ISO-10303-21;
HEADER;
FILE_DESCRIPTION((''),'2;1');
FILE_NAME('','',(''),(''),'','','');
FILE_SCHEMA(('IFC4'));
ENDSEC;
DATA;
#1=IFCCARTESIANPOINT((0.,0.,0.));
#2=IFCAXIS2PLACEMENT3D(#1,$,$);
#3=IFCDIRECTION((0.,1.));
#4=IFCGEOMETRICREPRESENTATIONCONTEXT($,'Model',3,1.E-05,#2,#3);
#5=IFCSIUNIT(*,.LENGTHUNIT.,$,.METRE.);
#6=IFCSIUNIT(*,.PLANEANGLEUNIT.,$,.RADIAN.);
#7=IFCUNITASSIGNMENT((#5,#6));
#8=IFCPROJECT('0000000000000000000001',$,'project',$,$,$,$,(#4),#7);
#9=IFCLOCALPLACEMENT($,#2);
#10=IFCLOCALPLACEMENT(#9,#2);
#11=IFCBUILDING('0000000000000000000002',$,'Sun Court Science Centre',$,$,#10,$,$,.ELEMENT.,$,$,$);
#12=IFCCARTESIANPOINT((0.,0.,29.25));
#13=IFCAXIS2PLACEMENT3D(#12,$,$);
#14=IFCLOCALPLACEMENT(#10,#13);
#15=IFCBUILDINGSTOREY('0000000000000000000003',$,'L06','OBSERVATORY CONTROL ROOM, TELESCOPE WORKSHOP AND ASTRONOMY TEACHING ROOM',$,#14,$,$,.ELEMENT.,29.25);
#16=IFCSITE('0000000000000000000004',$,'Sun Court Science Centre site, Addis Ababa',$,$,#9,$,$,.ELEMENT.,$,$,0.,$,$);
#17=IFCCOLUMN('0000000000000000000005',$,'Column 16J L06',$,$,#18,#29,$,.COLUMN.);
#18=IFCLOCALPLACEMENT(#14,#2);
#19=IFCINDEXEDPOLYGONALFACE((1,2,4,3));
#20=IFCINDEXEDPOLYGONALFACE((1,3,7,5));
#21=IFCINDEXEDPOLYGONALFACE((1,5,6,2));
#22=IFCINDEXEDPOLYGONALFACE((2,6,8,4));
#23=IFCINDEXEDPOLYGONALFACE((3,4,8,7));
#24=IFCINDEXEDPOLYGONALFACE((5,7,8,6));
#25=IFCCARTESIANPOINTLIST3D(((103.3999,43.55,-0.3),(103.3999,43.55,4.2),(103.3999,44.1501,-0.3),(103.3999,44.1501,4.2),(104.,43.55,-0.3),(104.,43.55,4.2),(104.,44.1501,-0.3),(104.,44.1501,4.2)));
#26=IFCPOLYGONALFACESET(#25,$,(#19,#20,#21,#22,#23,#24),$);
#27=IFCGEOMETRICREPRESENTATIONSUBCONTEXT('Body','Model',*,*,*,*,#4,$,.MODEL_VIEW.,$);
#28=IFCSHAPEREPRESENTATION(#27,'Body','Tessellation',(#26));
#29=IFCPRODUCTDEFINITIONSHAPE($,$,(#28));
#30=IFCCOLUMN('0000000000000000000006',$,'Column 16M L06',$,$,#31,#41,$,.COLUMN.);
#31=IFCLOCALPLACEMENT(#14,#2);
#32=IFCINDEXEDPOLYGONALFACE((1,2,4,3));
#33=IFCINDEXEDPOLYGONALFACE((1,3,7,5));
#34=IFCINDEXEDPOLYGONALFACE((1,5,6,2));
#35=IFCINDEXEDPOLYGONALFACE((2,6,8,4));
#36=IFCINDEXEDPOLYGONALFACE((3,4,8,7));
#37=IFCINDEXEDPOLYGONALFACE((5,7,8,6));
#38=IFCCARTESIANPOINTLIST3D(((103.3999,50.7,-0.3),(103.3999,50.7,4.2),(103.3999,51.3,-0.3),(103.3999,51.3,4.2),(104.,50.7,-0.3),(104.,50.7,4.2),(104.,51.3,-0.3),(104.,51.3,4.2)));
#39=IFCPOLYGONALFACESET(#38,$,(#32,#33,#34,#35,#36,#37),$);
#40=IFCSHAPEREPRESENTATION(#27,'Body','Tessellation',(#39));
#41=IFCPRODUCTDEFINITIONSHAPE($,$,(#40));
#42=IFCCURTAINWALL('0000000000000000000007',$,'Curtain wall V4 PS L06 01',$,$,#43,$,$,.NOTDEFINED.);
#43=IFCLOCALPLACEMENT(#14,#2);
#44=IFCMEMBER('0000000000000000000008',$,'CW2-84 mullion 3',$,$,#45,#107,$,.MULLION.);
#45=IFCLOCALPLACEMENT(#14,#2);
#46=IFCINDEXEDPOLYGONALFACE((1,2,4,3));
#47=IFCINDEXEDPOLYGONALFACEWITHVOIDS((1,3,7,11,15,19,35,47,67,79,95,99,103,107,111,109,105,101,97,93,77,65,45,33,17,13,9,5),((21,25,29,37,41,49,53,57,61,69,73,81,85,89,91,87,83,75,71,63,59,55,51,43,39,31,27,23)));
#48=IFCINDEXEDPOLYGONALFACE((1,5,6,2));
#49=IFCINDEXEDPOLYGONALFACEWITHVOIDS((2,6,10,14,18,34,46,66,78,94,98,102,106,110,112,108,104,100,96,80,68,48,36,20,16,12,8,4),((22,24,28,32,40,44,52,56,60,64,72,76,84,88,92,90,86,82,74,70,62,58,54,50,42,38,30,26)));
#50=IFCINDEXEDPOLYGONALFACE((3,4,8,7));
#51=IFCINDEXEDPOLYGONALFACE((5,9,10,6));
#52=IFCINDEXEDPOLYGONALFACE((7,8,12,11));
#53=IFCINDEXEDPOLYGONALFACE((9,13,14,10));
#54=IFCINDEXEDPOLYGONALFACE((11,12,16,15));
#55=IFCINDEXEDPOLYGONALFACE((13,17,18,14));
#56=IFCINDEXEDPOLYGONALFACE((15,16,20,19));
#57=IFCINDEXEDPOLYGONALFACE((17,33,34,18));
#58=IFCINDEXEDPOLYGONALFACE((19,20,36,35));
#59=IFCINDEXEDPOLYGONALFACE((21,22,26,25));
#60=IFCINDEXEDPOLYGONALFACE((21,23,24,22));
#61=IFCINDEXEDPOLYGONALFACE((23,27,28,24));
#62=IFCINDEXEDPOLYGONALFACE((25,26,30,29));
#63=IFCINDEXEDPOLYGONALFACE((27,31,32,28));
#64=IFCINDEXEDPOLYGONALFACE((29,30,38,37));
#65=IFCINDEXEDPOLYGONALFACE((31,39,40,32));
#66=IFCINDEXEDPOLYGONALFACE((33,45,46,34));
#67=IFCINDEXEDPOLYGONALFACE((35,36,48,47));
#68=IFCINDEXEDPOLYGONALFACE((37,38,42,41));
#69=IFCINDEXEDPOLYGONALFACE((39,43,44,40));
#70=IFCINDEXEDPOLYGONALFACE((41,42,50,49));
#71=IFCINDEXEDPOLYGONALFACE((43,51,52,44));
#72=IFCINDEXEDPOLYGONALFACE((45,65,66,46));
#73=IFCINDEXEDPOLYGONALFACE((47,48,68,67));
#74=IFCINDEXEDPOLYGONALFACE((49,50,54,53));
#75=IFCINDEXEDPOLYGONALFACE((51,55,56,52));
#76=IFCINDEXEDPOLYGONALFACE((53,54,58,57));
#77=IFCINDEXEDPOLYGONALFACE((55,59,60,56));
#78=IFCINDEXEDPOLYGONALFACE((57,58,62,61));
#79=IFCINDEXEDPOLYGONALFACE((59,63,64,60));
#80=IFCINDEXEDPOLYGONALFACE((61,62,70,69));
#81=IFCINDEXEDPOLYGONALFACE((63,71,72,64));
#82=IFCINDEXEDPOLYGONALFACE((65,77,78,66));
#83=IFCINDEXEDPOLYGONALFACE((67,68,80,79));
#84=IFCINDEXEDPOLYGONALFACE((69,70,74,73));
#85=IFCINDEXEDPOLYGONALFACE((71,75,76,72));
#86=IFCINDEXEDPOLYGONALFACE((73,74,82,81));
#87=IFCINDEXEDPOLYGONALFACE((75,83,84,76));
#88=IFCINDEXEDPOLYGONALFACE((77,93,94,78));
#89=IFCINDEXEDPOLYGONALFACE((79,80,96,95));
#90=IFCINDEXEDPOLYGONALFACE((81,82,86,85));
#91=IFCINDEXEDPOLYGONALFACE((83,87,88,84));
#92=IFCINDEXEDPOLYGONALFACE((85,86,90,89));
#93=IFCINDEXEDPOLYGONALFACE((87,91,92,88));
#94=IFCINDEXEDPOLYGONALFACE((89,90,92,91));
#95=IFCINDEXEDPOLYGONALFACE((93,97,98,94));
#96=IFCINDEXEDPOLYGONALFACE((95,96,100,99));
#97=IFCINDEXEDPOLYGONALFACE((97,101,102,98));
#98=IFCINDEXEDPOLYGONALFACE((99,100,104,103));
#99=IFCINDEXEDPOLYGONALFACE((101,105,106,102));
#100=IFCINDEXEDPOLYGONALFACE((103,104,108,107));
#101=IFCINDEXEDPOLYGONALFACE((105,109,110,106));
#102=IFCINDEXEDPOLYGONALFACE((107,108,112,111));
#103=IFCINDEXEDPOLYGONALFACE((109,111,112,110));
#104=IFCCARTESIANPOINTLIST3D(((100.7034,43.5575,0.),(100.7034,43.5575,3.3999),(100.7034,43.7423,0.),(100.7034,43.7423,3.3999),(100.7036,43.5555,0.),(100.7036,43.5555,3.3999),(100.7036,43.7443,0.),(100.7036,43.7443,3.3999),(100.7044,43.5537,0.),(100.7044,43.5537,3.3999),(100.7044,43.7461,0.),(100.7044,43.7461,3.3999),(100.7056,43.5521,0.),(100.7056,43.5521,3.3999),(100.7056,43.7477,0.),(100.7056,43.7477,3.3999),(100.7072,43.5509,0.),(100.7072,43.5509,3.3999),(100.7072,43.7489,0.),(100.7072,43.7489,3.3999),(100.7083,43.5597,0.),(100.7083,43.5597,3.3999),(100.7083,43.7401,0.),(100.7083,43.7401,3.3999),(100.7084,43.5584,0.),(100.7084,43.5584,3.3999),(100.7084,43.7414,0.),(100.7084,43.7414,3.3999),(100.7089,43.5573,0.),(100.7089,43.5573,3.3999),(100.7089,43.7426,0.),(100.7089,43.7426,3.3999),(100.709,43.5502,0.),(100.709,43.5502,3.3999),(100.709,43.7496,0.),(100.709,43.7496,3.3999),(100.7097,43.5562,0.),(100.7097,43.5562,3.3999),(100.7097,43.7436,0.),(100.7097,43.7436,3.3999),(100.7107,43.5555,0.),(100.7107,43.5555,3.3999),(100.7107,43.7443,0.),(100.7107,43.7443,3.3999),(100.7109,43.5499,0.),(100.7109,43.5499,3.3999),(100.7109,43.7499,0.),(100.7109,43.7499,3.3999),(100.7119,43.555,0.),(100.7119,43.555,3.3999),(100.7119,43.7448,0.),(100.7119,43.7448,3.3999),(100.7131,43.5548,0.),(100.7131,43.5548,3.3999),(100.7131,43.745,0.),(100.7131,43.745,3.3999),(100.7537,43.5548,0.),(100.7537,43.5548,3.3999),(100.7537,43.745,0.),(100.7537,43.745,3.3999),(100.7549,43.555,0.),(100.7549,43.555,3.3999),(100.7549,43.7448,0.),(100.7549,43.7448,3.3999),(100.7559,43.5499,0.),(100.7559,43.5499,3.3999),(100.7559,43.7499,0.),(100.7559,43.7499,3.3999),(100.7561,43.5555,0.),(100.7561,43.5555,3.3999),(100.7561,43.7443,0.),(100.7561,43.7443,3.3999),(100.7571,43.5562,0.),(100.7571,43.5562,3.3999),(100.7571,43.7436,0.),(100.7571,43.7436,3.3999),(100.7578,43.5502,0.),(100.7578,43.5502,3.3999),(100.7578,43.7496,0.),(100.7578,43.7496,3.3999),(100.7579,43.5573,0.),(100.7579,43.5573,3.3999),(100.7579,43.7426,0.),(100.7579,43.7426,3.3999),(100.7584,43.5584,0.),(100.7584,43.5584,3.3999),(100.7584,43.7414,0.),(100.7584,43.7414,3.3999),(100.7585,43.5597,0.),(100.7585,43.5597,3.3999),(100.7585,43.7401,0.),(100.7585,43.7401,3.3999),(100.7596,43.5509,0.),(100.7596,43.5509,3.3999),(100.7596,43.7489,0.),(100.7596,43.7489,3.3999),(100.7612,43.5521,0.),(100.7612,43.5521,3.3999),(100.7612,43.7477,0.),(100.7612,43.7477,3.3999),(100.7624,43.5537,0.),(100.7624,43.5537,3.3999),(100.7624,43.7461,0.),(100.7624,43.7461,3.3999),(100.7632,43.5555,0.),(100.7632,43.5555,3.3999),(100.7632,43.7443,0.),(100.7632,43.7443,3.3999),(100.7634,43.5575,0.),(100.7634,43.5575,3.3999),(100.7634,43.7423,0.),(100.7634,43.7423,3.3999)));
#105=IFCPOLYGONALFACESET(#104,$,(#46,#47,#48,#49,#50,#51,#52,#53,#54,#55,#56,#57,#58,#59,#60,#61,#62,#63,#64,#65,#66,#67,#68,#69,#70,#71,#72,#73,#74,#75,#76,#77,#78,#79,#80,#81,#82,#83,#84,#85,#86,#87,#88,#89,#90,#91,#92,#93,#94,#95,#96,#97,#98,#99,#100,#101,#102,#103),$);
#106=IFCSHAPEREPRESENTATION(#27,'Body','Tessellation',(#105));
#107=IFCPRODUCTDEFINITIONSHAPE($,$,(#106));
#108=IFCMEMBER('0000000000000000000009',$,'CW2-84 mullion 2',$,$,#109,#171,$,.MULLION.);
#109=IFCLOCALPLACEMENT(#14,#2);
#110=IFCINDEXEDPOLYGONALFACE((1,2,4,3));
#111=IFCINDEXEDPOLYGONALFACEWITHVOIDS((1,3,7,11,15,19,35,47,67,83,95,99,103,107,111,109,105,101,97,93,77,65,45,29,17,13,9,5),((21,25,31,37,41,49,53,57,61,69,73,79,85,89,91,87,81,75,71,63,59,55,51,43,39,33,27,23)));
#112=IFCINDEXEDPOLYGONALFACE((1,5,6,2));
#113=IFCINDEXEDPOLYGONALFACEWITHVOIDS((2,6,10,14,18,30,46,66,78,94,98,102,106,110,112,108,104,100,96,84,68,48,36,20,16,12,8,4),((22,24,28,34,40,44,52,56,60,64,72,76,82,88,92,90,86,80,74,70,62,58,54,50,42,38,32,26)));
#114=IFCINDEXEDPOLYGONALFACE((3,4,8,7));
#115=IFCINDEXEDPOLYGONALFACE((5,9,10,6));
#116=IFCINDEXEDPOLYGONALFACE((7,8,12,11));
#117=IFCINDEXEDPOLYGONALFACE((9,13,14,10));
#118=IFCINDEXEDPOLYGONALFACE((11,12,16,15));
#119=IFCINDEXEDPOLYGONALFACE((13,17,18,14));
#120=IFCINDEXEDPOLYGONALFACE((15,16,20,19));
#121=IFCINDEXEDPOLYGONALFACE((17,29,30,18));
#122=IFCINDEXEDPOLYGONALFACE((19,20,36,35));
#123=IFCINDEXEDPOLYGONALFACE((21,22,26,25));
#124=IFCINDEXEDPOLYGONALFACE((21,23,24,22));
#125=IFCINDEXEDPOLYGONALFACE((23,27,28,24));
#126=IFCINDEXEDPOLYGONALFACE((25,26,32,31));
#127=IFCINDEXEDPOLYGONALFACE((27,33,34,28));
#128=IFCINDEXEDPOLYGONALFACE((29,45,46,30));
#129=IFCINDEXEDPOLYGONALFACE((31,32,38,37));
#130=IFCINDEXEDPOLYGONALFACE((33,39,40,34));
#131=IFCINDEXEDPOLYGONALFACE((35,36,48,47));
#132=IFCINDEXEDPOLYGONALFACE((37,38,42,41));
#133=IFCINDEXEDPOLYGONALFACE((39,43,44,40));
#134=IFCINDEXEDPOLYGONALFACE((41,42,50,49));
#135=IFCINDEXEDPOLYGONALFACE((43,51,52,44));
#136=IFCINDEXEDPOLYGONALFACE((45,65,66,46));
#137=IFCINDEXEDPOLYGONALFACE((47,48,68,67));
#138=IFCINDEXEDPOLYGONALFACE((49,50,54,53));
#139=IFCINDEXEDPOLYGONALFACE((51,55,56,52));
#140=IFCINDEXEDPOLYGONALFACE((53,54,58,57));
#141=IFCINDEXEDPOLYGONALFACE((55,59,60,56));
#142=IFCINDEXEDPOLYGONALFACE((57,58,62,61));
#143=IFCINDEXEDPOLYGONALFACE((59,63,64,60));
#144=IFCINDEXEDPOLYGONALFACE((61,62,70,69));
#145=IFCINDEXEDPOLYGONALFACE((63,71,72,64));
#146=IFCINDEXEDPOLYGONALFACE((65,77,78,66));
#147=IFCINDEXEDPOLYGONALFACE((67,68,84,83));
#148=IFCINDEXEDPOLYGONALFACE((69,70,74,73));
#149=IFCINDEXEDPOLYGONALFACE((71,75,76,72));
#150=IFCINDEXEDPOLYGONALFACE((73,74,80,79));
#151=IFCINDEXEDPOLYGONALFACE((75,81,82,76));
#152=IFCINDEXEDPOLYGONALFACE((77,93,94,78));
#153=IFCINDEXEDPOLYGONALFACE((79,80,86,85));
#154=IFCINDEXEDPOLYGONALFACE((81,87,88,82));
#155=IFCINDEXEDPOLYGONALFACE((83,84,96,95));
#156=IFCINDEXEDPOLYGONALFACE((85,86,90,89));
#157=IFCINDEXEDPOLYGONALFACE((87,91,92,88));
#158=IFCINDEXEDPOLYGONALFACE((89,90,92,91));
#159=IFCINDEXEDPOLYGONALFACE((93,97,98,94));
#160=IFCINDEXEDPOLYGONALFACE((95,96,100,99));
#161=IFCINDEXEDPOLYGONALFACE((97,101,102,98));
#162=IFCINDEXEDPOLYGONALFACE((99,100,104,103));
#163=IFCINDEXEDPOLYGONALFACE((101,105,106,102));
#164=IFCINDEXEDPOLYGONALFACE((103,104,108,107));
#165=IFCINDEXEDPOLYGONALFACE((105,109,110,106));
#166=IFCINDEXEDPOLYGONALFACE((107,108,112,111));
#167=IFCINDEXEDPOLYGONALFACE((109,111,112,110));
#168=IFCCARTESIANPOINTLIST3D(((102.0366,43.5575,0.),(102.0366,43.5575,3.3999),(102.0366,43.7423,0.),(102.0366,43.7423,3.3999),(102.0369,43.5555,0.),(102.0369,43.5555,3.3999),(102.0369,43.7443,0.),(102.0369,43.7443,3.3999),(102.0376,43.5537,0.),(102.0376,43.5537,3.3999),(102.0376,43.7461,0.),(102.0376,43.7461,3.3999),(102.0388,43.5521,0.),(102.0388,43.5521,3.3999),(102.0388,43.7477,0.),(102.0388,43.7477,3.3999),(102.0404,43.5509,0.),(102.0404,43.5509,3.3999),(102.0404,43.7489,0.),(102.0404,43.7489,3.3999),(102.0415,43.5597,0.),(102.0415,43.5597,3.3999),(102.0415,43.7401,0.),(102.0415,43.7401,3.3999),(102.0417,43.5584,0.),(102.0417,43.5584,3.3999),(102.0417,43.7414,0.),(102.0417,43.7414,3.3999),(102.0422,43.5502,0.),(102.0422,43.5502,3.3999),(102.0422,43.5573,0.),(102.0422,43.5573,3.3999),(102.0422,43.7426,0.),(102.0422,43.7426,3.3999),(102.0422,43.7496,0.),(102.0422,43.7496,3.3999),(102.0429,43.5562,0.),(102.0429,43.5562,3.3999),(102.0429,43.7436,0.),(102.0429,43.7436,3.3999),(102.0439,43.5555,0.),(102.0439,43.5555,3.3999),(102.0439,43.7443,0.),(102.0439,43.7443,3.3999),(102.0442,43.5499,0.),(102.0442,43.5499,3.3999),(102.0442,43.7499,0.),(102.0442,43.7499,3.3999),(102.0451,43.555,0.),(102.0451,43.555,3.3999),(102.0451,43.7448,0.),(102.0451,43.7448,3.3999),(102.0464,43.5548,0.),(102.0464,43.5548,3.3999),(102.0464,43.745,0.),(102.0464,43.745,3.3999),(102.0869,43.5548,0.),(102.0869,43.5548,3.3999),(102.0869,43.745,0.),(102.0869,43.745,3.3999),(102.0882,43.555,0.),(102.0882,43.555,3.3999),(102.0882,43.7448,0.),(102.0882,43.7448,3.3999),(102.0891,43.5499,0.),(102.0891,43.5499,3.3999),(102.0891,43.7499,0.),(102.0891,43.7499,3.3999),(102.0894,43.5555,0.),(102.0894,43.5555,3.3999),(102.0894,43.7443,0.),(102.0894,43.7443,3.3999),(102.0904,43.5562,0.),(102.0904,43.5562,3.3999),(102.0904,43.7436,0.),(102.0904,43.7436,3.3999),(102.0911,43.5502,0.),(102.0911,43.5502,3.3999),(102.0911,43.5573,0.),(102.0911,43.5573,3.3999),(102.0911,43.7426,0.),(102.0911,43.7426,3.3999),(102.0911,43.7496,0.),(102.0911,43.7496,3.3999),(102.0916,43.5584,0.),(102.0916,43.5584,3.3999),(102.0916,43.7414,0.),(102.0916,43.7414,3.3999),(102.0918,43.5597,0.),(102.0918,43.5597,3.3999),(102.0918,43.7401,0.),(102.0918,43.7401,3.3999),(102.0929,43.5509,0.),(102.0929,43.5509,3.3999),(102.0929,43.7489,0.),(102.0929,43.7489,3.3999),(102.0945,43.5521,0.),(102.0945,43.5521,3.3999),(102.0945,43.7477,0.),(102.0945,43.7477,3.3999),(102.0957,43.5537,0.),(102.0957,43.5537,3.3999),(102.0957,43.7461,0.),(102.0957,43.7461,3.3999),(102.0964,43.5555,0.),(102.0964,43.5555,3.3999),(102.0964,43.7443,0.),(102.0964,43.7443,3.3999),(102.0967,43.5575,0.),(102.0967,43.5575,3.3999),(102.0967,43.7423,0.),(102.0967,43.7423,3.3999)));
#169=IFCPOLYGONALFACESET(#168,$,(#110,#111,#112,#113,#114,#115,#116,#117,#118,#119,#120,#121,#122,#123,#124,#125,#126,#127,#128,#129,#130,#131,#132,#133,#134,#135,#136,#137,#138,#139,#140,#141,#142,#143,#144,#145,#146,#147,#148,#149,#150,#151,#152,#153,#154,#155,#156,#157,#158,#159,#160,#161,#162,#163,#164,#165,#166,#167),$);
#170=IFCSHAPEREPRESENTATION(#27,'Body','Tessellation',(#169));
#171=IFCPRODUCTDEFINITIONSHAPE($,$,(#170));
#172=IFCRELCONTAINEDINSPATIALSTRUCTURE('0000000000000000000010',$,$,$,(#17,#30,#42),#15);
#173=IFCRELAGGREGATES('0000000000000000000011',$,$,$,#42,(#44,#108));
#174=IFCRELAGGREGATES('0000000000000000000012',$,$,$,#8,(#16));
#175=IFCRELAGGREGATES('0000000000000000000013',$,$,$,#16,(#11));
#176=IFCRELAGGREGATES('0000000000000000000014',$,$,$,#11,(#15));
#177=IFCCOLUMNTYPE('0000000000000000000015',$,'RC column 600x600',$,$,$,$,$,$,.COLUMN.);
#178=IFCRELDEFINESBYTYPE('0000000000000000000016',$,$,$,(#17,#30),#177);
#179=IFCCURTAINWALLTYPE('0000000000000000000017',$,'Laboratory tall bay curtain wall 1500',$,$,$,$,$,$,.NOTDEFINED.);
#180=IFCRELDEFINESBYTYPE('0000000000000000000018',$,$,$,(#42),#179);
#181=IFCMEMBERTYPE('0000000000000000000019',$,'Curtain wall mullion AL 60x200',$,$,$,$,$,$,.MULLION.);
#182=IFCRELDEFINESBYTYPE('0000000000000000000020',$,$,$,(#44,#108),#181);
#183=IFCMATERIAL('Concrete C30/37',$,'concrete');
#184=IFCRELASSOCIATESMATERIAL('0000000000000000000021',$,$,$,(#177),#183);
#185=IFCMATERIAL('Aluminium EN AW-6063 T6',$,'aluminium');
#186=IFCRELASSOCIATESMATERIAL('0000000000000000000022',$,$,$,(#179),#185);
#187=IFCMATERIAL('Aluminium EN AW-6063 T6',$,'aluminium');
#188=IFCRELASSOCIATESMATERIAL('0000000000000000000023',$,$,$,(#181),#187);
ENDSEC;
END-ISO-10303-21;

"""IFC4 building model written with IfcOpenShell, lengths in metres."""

from ifc_helpers import new_model, si_unit, direction, frame, origin, origin_2d, place, context, subcontext, project, spatial, rectangle, hollow_rectangle, extrude, material, material_profile, profile_set, type_object, element, aggregate, save


model = new_model("IFC4")

# Units and contexts
model_context = context("Model", 3, precision=1e-05, world=origin(), true_north=direction((0.0, 1.0)))
body_context = subcontext(model_context, "Body", "Model", "MODEL_VIEW")
ifc_project = project(units=[si_unit("LENGTHUNIT", "METRE"), si_unit("PLANEANGLEUNIT", "RADIAN")], contexts=[model_context])

# Site, building, storey
site_placement = place(None, origin())
site = spatial("IfcSite", under=ifc_project, at=site_placement, Name="Sun Court Science Centre site, Addis Ababa", CompositionType="ELEMENT", RefElevation=0.0)
building_placement = place(site_placement, origin())
building = spatial("IfcBuilding", under=site, at=building_placement, Name="Sun Court Science Centre", CompositionType="ELEMENT")
storey_placement = place(building_placement, frame((0.0, 0.0, 29.25)))
storey = spatial("IfcBuildingStorey", under=building, at=storey_placement, Name="L06", Description="OBSERVATORY CONTROL ROOM, TELESCOPE WORKSHOP AND ASTRONOMY TEACHING ROOM", CompositionType="ELEMENT", Elevation=29.25)

# Columns
ifc_material_1 = material(Name="Concrete C30/37", Category="concrete")
ifc_material_profile_1 = material_profile(ifc_material_1, rectangle(XDim=0.6001, YDim=0.6001, at=origin_2d()), Name="RC 600x600")
ifc_profile_set_1 = profile_set([ifc_material_profile_1], Name="Concrete C30/37")
column_type = type_object("IfcColumnType", Name="RC column 600x600", PredefinedType="COLUMN", material=ifc_profile_set_1)
for number, where, z_axis, x_axis, name in (
    (1, (103.7, 43.8501, -0.3), (0.0, 0.0, 1.0), (1.0, 0.0, 0.0), "Column 16J L06"),
    (2, (103.7, 51.0, -0.3), (0.0, 0.0, 1.0), (1.0, 0.0, 0.0), "Column 16M L06"),
):
    element("IfcColumn", number, at=place(storey_placement, frame(where, z_axis=z_axis, x_axis=x_axis)), inside=storey, type_object=column_type, Name=name, PredefinedType="COLUMN", context=body_context, shape_type="SweptSolid", body=[
        extrude(rectangle(XDim=0.6001, YDim=0.6001, at=origin_2d()), origin(), (0.0, 0.0, 1.0), 4.5),
    ])

# Curtain wall, members
ifc_material_2 = material(Name="Aluminium EN AW-6063 T6", Category="aluminium")
curtain_wall_type = type_object("IfcCurtainWallType", Name="Laboratory tall bay curtain wall 1500", PredefinedType="NOTDEFINED", material=ifc_material_2)
curtain_wall_placement = place(storey_placement, origin())
curtain_wall = element("IfcCurtainWall", 3, at=curtain_wall_placement, inside=storey, type_object=curtain_wall_type, Name="Curtain wall V4 PS L06 01", PredefinedType="NOTDEFINED")
ifc_material_3 = material(Name="Aluminium EN AW-6063 T6", Category="aluminium")
ifc_material_profile_2 = material_profile(ifc_material_3, hollow_rectangle(XDim=0.0601, YDim=0.2, WallThickness=0.0049, InnerFilletRadius=0.0049, OuterFilletRadius=0.0076, at=origin_2d()), Name="AL 60x200x5")
ifc_profile_set_2 = profile_set([ifc_material_profile_2], Name="Aluminium EN AW-6063 T6")
member_type_1 = type_object("IfcMemberType", Name="Curtain wall mullion AL 60x200", PredefinedType="MULLION", material=ifc_profile_set_2)
member_1_placement = place(storey_placement, frame((100.7334, 43.6499, 0.0), z_axis=(0.0, 0.0, 1.0), x_axis=(-1.0, 0.0, 0.0)))
member_1 = element("IfcMember", 4, at=member_1_placement, type_object=member_type_1, Name="CW2-84 mullion 3", PredefinedType="MULLION", context=body_context, shape_type="SweptSolid", body=[
    extrude(hollow_rectangle(XDim=0.0601, YDim=0.2, WallThickness=0.0049, InnerFilletRadius=0.0049, OuterFilletRadius=0.0076, at=origin_2d()), origin(), (0.0, 0.0, 1.0), 3.3999),
])
member_2_placement = place(storey_placement, frame((102.0667, 43.6499, 0.0), z_axis=(0.0, 0.0, 1.0), x_axis=(-1.0, 0.0, 0.0)))
member_2 = element("IfcMember", 5, at=member_2_placement, type_object=member_type_1, Name="CW2-84 mullion 2", PredefinedType="MULLION", context=body_context, shape_type="SweptSolid", body=[
    extrude(hollow_rectangle(XDim=0.0601, YDim=0.2, WallThickness=0.0049, InnerFilletRadius=0.0049, OuterFilletRadius=0.0076, at=origin_2d()), origin(), (0.0, 0.0, 1.0), 3.3999),
])

aggregate(curtain_wall, [member_1, member_2])

save(model, "model.ifc")
